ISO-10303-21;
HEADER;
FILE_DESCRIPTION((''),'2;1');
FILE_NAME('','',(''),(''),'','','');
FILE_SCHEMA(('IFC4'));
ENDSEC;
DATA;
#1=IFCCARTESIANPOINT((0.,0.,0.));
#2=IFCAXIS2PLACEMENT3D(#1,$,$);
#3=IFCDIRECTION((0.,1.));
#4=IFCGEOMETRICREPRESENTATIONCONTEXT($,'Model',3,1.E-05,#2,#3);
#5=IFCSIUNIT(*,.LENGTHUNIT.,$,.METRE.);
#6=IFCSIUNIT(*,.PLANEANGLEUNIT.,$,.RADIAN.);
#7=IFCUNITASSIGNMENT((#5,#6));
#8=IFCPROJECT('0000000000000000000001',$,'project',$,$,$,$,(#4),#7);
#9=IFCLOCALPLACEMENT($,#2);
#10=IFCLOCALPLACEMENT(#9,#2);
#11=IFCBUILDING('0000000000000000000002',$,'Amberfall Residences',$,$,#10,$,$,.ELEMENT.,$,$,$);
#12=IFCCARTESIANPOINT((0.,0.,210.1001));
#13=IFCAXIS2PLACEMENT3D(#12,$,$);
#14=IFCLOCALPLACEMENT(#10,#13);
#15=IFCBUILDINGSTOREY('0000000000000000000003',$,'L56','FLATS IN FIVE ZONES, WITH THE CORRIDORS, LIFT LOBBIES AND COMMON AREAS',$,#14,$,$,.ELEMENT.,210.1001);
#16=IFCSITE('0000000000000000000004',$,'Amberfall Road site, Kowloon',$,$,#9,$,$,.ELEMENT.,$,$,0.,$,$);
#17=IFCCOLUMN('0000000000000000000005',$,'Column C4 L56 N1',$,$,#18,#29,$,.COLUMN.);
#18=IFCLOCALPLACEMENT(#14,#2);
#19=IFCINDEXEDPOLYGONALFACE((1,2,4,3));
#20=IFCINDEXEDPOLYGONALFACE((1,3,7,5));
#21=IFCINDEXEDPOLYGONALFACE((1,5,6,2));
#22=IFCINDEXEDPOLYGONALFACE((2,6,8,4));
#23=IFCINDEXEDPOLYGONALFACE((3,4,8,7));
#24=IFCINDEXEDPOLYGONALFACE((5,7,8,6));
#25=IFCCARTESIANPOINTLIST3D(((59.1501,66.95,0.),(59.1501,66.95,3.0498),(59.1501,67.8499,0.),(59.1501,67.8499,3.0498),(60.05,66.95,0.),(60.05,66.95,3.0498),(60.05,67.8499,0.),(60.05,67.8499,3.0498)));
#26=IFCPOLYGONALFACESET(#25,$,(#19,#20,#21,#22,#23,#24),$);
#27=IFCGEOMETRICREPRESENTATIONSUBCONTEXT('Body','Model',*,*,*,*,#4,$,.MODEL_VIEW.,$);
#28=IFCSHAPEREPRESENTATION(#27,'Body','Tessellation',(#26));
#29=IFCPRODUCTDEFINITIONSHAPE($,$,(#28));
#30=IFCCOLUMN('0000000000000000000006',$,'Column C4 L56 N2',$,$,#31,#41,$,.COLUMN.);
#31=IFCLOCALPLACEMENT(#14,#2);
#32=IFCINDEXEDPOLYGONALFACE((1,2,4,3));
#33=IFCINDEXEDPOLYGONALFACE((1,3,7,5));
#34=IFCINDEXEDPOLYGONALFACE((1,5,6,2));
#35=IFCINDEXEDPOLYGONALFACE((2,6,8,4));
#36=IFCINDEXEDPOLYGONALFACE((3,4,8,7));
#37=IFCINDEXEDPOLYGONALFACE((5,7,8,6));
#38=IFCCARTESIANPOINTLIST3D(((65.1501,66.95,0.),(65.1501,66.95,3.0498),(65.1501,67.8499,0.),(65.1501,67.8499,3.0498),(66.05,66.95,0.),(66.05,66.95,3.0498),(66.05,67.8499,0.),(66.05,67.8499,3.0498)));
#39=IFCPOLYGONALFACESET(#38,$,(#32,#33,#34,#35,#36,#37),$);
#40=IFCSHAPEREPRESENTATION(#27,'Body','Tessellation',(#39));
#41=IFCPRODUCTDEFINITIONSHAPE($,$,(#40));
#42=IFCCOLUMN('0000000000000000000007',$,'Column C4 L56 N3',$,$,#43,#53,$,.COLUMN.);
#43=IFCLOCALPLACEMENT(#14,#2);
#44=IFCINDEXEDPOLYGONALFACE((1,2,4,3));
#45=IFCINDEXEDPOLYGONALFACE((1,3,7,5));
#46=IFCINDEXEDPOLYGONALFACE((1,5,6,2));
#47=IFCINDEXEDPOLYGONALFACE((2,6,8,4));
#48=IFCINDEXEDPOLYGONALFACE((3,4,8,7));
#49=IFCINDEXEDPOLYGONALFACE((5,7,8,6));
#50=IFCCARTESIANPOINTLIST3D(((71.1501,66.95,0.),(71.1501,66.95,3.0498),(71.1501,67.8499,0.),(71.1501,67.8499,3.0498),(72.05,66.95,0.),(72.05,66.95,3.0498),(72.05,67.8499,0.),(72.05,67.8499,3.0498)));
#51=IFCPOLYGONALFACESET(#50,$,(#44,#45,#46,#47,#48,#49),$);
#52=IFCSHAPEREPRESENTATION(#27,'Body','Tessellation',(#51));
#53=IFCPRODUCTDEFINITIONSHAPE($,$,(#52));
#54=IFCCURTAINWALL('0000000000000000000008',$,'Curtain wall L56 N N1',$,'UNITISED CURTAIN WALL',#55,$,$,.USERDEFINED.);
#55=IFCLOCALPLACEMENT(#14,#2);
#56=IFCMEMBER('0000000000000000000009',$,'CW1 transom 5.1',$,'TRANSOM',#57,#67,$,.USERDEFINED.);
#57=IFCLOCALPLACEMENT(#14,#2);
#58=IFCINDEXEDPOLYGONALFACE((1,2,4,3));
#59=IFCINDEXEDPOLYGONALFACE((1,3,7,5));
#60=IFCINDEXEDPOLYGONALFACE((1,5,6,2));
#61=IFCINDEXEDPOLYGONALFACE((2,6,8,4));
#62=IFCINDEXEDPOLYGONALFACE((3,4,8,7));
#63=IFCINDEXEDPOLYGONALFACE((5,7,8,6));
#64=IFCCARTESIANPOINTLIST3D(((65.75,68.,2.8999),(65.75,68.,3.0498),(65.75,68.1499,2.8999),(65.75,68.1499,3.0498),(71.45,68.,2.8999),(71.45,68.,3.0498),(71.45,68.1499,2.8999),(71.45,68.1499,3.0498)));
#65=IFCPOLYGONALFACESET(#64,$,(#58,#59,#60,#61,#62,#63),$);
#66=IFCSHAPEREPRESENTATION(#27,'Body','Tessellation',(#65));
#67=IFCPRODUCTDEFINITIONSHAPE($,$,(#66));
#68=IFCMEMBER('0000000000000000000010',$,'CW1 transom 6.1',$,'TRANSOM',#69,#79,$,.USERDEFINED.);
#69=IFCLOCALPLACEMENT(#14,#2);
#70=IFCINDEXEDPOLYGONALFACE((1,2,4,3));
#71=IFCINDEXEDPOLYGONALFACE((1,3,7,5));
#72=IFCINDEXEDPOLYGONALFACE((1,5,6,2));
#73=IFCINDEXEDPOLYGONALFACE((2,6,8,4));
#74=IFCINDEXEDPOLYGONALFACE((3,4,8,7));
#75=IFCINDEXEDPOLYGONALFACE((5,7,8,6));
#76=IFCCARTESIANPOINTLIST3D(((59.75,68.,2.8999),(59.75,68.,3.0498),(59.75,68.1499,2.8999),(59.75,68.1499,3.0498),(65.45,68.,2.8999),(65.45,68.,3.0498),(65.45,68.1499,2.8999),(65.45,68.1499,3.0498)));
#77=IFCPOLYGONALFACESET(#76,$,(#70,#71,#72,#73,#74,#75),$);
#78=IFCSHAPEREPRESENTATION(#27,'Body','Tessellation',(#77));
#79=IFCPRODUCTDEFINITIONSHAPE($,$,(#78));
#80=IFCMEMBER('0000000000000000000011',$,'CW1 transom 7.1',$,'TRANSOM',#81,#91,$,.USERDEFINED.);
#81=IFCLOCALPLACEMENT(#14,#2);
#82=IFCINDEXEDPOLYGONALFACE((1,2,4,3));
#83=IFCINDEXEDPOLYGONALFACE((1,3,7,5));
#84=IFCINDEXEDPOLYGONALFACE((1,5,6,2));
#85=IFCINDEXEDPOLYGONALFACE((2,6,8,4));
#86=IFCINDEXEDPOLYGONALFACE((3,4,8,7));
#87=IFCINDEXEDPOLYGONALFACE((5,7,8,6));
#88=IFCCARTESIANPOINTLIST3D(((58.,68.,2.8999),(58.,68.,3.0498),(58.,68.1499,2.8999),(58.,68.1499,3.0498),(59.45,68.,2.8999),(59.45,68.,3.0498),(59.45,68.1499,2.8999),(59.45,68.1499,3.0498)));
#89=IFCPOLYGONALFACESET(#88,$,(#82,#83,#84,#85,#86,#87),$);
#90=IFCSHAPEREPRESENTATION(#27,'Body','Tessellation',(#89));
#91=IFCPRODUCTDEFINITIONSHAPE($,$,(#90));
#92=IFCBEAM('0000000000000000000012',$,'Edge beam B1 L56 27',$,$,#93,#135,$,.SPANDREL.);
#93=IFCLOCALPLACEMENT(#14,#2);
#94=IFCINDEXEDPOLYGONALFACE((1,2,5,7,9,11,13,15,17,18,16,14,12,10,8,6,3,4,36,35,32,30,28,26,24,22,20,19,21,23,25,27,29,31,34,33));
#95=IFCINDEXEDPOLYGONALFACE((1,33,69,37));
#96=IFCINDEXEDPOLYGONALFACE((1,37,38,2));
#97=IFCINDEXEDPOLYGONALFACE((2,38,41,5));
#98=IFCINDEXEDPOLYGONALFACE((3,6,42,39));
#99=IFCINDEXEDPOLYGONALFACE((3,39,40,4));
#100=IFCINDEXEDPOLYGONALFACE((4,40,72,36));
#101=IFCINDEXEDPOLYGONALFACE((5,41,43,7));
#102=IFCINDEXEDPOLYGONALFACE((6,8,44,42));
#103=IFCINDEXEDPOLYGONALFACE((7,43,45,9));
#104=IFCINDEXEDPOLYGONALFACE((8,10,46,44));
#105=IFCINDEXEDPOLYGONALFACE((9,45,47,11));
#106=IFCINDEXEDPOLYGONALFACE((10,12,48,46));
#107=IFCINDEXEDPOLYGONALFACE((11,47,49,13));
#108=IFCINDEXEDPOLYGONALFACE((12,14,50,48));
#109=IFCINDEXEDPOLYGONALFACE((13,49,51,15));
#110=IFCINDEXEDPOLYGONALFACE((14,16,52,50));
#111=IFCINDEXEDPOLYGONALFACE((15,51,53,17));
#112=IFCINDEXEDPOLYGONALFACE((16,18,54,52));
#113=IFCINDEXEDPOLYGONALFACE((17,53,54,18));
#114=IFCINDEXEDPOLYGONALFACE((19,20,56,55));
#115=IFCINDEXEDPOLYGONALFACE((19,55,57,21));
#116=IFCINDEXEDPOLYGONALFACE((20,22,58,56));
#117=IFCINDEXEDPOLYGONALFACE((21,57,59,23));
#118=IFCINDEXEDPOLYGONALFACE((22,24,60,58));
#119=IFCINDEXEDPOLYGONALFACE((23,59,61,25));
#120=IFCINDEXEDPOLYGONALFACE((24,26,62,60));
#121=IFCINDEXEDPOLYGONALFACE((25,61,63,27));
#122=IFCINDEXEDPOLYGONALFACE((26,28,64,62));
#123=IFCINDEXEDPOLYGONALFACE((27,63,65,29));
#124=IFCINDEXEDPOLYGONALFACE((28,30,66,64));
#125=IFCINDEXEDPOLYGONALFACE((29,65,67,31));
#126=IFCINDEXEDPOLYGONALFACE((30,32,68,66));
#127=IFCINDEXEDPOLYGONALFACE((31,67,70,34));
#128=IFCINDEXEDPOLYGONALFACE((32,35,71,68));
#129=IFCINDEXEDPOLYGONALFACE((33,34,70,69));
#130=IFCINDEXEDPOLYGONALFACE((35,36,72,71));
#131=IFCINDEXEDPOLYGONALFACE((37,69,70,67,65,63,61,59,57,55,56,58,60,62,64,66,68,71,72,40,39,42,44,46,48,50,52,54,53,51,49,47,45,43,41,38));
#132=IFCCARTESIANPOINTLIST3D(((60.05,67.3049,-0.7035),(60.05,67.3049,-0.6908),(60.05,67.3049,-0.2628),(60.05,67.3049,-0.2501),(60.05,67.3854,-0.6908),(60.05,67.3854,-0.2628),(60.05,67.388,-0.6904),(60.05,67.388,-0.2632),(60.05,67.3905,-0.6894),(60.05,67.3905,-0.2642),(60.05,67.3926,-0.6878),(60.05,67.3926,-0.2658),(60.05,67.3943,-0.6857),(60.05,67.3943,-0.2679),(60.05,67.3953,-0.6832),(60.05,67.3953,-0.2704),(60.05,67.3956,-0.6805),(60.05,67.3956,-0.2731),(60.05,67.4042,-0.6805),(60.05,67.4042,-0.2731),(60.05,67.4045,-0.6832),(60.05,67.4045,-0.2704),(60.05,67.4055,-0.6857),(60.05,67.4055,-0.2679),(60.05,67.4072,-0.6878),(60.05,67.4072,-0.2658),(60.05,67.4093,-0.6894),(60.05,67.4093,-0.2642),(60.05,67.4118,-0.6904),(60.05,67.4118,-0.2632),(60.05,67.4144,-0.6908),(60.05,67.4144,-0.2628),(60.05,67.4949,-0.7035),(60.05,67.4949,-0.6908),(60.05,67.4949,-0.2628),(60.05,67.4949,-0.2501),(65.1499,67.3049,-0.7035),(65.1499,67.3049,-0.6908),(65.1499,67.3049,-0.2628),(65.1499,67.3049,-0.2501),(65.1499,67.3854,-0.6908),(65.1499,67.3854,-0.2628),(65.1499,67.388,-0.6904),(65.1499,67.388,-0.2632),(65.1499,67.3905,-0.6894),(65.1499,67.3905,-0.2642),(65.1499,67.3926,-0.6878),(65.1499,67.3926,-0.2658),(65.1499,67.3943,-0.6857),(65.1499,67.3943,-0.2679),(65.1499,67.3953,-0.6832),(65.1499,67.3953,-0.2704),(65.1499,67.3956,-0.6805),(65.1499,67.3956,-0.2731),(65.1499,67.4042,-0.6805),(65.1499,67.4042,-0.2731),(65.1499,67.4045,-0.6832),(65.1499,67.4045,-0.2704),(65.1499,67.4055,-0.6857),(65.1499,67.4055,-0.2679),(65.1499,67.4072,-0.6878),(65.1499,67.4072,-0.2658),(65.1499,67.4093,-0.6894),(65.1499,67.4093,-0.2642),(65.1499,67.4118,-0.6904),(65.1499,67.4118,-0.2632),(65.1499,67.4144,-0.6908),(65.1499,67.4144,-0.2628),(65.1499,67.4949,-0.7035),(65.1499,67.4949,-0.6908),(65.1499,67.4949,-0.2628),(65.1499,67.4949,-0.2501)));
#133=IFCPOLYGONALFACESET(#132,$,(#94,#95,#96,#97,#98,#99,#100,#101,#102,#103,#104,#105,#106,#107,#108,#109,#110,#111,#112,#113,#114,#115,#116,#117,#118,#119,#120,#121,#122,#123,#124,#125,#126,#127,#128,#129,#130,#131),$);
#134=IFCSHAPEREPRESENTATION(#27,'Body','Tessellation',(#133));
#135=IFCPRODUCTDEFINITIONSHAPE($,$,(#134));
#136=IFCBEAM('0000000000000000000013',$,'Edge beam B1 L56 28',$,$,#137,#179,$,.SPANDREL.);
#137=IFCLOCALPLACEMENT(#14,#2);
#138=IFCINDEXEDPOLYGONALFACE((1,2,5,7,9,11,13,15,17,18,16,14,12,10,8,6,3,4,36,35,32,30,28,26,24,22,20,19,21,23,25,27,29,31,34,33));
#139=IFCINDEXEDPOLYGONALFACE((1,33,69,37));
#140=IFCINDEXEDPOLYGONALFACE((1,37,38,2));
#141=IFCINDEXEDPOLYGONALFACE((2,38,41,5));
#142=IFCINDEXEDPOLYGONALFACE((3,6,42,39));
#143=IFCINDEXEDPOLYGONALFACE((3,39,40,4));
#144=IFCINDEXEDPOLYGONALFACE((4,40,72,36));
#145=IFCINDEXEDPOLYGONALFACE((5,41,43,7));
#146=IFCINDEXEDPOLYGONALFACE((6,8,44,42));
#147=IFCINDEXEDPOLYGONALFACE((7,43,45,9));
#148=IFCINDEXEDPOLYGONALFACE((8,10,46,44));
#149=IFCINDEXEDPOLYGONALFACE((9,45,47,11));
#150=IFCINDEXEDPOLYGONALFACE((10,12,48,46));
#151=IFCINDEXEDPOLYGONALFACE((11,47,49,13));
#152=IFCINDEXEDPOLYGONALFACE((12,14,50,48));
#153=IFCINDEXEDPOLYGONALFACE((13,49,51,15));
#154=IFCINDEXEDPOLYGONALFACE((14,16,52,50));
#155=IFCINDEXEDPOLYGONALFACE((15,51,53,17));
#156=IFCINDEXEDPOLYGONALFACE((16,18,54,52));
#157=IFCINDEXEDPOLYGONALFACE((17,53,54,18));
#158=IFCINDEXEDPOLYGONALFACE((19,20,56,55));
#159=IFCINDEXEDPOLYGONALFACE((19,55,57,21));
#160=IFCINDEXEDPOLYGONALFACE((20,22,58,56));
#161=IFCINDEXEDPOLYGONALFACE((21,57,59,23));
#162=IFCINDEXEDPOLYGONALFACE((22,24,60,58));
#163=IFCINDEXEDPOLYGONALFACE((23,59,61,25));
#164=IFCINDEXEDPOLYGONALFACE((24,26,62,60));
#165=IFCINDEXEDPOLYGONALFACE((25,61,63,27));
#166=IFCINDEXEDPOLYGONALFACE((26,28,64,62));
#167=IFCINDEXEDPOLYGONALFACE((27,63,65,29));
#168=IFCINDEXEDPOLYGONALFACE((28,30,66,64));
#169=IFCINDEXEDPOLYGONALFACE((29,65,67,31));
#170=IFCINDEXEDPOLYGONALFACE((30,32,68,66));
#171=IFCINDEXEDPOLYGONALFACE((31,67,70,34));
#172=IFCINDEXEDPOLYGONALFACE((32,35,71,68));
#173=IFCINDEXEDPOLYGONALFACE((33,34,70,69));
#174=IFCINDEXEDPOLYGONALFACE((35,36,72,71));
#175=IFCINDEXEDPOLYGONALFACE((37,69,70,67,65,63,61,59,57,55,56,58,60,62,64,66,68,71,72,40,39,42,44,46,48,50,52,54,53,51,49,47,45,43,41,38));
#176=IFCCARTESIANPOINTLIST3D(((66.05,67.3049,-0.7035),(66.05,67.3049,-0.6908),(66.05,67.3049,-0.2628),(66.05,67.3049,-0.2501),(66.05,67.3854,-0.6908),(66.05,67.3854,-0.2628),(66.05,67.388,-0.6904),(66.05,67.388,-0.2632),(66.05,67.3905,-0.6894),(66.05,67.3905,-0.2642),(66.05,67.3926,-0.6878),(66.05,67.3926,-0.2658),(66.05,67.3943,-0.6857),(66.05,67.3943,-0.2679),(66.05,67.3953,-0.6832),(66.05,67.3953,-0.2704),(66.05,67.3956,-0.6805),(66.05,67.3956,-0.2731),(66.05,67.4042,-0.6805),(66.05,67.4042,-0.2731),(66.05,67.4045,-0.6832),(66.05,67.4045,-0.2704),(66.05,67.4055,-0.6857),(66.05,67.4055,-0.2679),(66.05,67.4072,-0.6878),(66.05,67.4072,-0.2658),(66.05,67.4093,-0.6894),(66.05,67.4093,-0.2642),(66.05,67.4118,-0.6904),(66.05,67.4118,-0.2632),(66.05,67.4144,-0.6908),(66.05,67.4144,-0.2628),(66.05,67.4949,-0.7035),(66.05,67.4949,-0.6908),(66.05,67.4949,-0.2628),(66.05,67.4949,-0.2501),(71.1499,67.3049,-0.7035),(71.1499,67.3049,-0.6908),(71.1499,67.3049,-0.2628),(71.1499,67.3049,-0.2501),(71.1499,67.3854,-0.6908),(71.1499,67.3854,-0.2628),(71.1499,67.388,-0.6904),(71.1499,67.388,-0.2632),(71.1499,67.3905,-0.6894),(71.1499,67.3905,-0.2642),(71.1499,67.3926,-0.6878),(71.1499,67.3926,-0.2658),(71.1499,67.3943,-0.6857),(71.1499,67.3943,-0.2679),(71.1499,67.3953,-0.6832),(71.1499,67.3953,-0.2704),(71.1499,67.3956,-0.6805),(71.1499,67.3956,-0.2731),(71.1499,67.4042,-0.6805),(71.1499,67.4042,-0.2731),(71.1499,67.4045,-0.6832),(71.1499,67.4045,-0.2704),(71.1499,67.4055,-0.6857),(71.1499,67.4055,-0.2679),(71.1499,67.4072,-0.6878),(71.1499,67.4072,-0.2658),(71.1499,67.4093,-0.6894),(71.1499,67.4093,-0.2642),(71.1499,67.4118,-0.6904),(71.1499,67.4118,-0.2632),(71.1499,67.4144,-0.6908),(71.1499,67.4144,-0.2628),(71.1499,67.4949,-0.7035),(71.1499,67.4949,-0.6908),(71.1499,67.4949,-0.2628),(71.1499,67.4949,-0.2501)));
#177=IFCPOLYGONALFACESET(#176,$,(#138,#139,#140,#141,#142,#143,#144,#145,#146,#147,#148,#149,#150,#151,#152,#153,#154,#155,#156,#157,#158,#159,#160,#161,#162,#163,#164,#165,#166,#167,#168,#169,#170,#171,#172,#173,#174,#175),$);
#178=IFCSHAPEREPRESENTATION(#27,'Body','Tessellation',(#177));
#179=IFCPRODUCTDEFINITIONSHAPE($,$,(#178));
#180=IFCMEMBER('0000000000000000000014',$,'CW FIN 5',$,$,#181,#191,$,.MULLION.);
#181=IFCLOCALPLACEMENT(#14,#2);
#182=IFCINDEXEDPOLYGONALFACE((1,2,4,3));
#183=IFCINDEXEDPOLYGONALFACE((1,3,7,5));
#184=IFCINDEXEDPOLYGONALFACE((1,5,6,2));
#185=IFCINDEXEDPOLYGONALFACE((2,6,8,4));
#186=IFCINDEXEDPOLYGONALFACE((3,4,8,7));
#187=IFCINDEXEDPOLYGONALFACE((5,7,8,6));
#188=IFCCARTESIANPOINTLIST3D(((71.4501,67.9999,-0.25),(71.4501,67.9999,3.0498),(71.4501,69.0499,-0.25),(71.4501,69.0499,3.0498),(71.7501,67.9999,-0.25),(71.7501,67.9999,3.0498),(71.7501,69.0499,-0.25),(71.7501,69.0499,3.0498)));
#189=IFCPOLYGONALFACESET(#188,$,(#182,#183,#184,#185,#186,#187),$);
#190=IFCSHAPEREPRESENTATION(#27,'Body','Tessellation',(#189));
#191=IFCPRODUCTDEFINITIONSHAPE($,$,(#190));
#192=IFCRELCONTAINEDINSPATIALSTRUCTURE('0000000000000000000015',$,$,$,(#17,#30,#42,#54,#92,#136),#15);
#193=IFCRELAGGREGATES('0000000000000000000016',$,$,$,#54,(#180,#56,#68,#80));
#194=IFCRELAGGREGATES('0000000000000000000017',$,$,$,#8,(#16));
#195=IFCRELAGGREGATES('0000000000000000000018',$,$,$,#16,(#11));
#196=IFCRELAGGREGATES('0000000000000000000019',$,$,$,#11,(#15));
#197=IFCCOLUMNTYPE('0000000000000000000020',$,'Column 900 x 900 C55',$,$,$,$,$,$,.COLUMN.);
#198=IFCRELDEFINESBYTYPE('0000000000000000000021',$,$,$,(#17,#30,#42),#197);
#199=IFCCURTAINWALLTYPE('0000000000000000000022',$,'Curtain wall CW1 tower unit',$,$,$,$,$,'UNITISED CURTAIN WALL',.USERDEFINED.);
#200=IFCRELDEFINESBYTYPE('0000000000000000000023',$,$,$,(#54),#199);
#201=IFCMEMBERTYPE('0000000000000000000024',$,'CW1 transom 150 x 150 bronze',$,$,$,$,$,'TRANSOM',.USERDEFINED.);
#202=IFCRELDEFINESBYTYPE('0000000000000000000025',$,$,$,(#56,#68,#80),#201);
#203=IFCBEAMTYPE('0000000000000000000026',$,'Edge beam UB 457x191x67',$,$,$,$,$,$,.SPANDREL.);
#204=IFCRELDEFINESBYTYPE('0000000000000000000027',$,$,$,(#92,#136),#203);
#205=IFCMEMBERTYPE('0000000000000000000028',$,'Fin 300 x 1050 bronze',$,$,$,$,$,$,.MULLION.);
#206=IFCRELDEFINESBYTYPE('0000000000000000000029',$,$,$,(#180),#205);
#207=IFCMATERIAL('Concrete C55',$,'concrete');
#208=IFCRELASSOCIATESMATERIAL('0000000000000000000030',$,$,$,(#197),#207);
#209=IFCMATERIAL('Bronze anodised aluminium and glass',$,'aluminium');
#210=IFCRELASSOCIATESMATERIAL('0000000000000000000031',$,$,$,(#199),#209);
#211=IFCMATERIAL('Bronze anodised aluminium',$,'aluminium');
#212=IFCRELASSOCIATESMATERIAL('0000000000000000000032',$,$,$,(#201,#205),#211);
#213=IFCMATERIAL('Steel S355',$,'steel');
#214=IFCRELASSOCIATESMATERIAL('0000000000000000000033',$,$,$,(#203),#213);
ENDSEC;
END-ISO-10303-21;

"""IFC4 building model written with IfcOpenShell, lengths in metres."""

from ifc_helpers import new_model, si_unit, direction, frame, origin, origin_2d, place, context, subcontext, project, spatial, rectangle, i_section, extrude, material, material_profile, profile_set, type_object, element, aggregate, save


model = new_model("IFC4")

# Units and contexts
model_context = context("Model", 3, precision=1e-05, world=origin(), true_north=direction((0.0, 1.0)))
body_context = subcontext(model_context, "Body", "Model", "MODEL_VIEW")
ifc_project = project(units=[si_unit("LENGTHUNIT", "METRE"), si_unit("PLANEANGLEUNIT", "RADIAN")], contexts=[model_context])

# Site, building, storey
site_placement = place(None, origin())
site = spatial("IfcSite", under=ifc_project, at=site_placement, Name="Amberfall Road site, Kowloon", CompositionType="ELEMENT", RefElevation=0.0)
building_placement = place(site_placement, origin())
building = spatial("IfcBuilding", under=site, at=building_placement, Name="Amberfall Residences", CompositionType="ELEMENT")
storey_placement = place(building_placement, frame((0.0, 0.0, 210.1001)))
storey = spatial("IfcBuildingStorey", under=building, at=storey_placement, Name="L56", Description="FLATS IN FIVE ZONES, WITH THE CORRIDORS, LIFT LOBBIES AND COMMON AREAS", CompositionType="ELEMENT", Elevation=210.1001)

# Columns
ifc_material_1 = material(Name="Concrete C55", Category="concrete")
ifc_material_profile_1 = material_profile(ifc_material_1, rectangle(XDim=0.8999, YDim=0.8999, at=origin_2d()), Name="Column 900 x 900 C55")
ifc_profile_set_1 = profile_set([ifc_material_profile_1], Name="Concrete C55")
column_type = type_object("IfcColumnType", Name="Column 900 x 900 C55", PredefinedType="COLUMN", material=ifc_profile_set_1)
for number, where, z_axis, x_axis, name in (
    (1, (59.6001, 67.3999, 0.0), (0.0, 0.0, 1.0), (1.0, 0.0, 0.0), "Column C4 L56 N1"),
    (2, (65.6001, 67.3999, 0.0), (0.0, 0.0, 1.0), (1.0, 0.0, 0.0), "Column C4 L56 N2"),
    (3, (71.6001, 67.3999, 0.0), (0.0, 0.0, 1.0), (1.0, 0.0, 0.0), "Column C4 L56 N3"),
):
    element("IfcColumn", number, at=place(storey_placement, frame(where, z_axis=z_axis, x_axis=x_axis)), inside=storey, type_object=column_type, Name=name, PredefinedType="COLUMN", context=body_context, shape_type="SweptSolid", body=[
        extrude(rectangle(XDim=0.8999, YDim=0.8999, at=origin_2d()), origin(), (0.0, 0.0, 1.0), 3.0498),
    ])

# Curtain wall, members
ifc_material_2 = material(Name="Bronze anodised aluminium and glass", Category="aluminium")
curtain_wall_type = type_object("IfcCurtainWallType", Name="Curtain wall CW1 tower unit", ElementType="UNITISED CURTAIN WALL", PredefinedType="USERDEFINED", material=ifc_material_2)
curtain_wall_placement = place(storey_placement, origin())
curtain_wall = element("IfcCurtainWall", 4, at=curtain_wall_placement, inside=storey, type_object=curtain_wall_type, Name="Curtain wall L56 N N1", ObjectType="UNITISED CURTAIN WALL", PredefinedType="USERDEFINED")
ifc_material_3 = material(Name="Bronze anodised aluminium", Category="aluminium")
ifc_material_profile_2 = material_profile(ifc_material_3, rectangle(XDim=0.1499, YDim=0.1499, at=origin_2d()), Name="CW1 transom 150 x 150 bronze")
ifc_profile_set_2 = profile_set([ifc_material_profile_2], Name="Bronze anodised aluminium")
member_type_1 = type_object("IfcMemberType", Name="CW1 transom 150 x 150 bronze", ElementType="TRANSOM", PredefinedType="USERDEFINED", material=ifc_profile_set_2)
member_1_placement = place(storey_placement, frame((71.45, 68.075, 2.9749), z_axis=(-1.0, 0.0, 0.0), x_axis=(0.0, -1.0, 0.0)))
member_1 = element("IfcMember", 5, at=member_1_placement, type_object=member_type_1, Name="CW1 transom 5.1", ObjectType="TRANSOM", PredefinedType="USERDEFINED", context=body_context, shape_type="SweptSolid", body=[
    extrude(rectangle(XDim=0.1499, YDim=0.1499, at=origin_2d()), origin(), (0.0, 0.0, 1.0), 5.7),
])
member_2_placement = place(storey_placement, frame((65.45, 68.075, 2.9749), z_axis=(-1.0, 0.0, 0.0), x_axis=(0.0, -1.0, 0.0)))
member_2 = element("IfcMember", 6, at=member_2_placement, type_object=member_type_1, Name="CW1 transom 6.1", ObjectType="TRANSOM", PredefinedType="USERDEFINED", context=body_context, shape_type="SweptSolid", body=[
    extrude(rectangle(XDim=0.1499, YDim=0.1499, at=origin_2d()), origin(), (0.0, 0.0, 1.0), 5.7),
])
member_3_placement = place(storey_placement, frame((59.45, 68.075, 2.9749), z_axis=(-1.0, 0.0, 0.0), x_axis=(0.0, -1.0, 0.0)))
member_3 = element("IfcMember", 7, at=member_3_placement, type_object=member_type_1, Name="CW1 transom 7.1", ObjectType="TRANSOM", PredefinedType="USERDEFINED", context=body_context, shape_type="SweptSolid", body=[
    extrude(rectangle(XDim=0.1499, YDim=0.1499, at=origin_2d()), origin(), (0.0, 0.0, 1.0), 1.45),
])

# Beams
ifc_material_4 = material(Name="Steel S355", Category="steel")
ifc_material_profile_3 = material_profile(ifc_material_4, i_section(OverallWidth=0.1899, OverallDepth=0.4534, WebThickness=0.0085, FlangeThickness=0.0127, FilletRadius=0.0103, at=origin_2d()), Name="UB 457x191x67")
ifc_profile_set_3 = profile_set([ifc_material_profile_3], Name="Steel S355")
beam_type_1 = type_object("IfcBeamType", Name="Edge beam UB 457x191x67", PredefinedType="SPANDREL", material=ifc_profile_set_3)
for number, where, z_axis, x_axis, name in (
    (8, (60.05, 67.3999, -0.4768), (1.0, 0.0, 0.0), (0.0, 1.0, 0.0), "Edge beam B1 L56 27"),
    (9, (66.05, 67.3999, -0.4768), (1.0, 0.0, 0.0), (0.0, 1.0, 0.0), "Edge beam B1 L56 28"),
):
    element("IfcBeam", number, at=place(storey_placement, frame(where, z_axis=z_axis, x_axis=x_axis)), inside=storey, type_object=beam_type_1, Name=name, PredefinedType="SPANDREL", context=body_context, shape_type="SweptSolid", body=[
        extrude(i_section(OverallWidth=0.1899, OverallDepth=0.4534, WebThickness=0.0085, FlangeThickness=0.0127, FilletRadius=0.0103, at=origin_2d()), origin(), (0.0, 0.0, 1.0), 5.0999),
    ])

# Member
ifc_material_profile_4 = material_profile(ifc_material_3, rectangle(XDim=1.05, YDim=0.3, at=origin_2d()), Name="Fin 300 x 1050 bronze")
ifc_profile_set_4 = profile_set([ifc_material_profile_4], Name="Bronze anodised aluminium")
member_type_2 = type_object("IfcMemberType", Name="Fin 300 x 1050 bronze", PredefinedType="MULLION", material=ifc_profile_set_4)
member_4_placement = place(storey_placement, frame((71.6001, 68.5249, -0.25), z_axis=(0.0, 0.0, 1.0), x_axis=(0.0, -1.0, 0.0)))
member_4 = element("IfcMember", 10, at=member_4_placement, type_object=member_type_2, Name="CW FIN 5", PredefinedType="MULLION", context=body_context, shape_type="SweptSolid", body=[
    extrude(rectangle(XDim=1.05, YDim=0.3, at=origin_2d()), origin(), (0.0, 0.0, 1.0), 3.2998),
])

aggregate(curtain_wall, [member_4, member_1, member_2, member_3])

save(model, "model.ifc")
